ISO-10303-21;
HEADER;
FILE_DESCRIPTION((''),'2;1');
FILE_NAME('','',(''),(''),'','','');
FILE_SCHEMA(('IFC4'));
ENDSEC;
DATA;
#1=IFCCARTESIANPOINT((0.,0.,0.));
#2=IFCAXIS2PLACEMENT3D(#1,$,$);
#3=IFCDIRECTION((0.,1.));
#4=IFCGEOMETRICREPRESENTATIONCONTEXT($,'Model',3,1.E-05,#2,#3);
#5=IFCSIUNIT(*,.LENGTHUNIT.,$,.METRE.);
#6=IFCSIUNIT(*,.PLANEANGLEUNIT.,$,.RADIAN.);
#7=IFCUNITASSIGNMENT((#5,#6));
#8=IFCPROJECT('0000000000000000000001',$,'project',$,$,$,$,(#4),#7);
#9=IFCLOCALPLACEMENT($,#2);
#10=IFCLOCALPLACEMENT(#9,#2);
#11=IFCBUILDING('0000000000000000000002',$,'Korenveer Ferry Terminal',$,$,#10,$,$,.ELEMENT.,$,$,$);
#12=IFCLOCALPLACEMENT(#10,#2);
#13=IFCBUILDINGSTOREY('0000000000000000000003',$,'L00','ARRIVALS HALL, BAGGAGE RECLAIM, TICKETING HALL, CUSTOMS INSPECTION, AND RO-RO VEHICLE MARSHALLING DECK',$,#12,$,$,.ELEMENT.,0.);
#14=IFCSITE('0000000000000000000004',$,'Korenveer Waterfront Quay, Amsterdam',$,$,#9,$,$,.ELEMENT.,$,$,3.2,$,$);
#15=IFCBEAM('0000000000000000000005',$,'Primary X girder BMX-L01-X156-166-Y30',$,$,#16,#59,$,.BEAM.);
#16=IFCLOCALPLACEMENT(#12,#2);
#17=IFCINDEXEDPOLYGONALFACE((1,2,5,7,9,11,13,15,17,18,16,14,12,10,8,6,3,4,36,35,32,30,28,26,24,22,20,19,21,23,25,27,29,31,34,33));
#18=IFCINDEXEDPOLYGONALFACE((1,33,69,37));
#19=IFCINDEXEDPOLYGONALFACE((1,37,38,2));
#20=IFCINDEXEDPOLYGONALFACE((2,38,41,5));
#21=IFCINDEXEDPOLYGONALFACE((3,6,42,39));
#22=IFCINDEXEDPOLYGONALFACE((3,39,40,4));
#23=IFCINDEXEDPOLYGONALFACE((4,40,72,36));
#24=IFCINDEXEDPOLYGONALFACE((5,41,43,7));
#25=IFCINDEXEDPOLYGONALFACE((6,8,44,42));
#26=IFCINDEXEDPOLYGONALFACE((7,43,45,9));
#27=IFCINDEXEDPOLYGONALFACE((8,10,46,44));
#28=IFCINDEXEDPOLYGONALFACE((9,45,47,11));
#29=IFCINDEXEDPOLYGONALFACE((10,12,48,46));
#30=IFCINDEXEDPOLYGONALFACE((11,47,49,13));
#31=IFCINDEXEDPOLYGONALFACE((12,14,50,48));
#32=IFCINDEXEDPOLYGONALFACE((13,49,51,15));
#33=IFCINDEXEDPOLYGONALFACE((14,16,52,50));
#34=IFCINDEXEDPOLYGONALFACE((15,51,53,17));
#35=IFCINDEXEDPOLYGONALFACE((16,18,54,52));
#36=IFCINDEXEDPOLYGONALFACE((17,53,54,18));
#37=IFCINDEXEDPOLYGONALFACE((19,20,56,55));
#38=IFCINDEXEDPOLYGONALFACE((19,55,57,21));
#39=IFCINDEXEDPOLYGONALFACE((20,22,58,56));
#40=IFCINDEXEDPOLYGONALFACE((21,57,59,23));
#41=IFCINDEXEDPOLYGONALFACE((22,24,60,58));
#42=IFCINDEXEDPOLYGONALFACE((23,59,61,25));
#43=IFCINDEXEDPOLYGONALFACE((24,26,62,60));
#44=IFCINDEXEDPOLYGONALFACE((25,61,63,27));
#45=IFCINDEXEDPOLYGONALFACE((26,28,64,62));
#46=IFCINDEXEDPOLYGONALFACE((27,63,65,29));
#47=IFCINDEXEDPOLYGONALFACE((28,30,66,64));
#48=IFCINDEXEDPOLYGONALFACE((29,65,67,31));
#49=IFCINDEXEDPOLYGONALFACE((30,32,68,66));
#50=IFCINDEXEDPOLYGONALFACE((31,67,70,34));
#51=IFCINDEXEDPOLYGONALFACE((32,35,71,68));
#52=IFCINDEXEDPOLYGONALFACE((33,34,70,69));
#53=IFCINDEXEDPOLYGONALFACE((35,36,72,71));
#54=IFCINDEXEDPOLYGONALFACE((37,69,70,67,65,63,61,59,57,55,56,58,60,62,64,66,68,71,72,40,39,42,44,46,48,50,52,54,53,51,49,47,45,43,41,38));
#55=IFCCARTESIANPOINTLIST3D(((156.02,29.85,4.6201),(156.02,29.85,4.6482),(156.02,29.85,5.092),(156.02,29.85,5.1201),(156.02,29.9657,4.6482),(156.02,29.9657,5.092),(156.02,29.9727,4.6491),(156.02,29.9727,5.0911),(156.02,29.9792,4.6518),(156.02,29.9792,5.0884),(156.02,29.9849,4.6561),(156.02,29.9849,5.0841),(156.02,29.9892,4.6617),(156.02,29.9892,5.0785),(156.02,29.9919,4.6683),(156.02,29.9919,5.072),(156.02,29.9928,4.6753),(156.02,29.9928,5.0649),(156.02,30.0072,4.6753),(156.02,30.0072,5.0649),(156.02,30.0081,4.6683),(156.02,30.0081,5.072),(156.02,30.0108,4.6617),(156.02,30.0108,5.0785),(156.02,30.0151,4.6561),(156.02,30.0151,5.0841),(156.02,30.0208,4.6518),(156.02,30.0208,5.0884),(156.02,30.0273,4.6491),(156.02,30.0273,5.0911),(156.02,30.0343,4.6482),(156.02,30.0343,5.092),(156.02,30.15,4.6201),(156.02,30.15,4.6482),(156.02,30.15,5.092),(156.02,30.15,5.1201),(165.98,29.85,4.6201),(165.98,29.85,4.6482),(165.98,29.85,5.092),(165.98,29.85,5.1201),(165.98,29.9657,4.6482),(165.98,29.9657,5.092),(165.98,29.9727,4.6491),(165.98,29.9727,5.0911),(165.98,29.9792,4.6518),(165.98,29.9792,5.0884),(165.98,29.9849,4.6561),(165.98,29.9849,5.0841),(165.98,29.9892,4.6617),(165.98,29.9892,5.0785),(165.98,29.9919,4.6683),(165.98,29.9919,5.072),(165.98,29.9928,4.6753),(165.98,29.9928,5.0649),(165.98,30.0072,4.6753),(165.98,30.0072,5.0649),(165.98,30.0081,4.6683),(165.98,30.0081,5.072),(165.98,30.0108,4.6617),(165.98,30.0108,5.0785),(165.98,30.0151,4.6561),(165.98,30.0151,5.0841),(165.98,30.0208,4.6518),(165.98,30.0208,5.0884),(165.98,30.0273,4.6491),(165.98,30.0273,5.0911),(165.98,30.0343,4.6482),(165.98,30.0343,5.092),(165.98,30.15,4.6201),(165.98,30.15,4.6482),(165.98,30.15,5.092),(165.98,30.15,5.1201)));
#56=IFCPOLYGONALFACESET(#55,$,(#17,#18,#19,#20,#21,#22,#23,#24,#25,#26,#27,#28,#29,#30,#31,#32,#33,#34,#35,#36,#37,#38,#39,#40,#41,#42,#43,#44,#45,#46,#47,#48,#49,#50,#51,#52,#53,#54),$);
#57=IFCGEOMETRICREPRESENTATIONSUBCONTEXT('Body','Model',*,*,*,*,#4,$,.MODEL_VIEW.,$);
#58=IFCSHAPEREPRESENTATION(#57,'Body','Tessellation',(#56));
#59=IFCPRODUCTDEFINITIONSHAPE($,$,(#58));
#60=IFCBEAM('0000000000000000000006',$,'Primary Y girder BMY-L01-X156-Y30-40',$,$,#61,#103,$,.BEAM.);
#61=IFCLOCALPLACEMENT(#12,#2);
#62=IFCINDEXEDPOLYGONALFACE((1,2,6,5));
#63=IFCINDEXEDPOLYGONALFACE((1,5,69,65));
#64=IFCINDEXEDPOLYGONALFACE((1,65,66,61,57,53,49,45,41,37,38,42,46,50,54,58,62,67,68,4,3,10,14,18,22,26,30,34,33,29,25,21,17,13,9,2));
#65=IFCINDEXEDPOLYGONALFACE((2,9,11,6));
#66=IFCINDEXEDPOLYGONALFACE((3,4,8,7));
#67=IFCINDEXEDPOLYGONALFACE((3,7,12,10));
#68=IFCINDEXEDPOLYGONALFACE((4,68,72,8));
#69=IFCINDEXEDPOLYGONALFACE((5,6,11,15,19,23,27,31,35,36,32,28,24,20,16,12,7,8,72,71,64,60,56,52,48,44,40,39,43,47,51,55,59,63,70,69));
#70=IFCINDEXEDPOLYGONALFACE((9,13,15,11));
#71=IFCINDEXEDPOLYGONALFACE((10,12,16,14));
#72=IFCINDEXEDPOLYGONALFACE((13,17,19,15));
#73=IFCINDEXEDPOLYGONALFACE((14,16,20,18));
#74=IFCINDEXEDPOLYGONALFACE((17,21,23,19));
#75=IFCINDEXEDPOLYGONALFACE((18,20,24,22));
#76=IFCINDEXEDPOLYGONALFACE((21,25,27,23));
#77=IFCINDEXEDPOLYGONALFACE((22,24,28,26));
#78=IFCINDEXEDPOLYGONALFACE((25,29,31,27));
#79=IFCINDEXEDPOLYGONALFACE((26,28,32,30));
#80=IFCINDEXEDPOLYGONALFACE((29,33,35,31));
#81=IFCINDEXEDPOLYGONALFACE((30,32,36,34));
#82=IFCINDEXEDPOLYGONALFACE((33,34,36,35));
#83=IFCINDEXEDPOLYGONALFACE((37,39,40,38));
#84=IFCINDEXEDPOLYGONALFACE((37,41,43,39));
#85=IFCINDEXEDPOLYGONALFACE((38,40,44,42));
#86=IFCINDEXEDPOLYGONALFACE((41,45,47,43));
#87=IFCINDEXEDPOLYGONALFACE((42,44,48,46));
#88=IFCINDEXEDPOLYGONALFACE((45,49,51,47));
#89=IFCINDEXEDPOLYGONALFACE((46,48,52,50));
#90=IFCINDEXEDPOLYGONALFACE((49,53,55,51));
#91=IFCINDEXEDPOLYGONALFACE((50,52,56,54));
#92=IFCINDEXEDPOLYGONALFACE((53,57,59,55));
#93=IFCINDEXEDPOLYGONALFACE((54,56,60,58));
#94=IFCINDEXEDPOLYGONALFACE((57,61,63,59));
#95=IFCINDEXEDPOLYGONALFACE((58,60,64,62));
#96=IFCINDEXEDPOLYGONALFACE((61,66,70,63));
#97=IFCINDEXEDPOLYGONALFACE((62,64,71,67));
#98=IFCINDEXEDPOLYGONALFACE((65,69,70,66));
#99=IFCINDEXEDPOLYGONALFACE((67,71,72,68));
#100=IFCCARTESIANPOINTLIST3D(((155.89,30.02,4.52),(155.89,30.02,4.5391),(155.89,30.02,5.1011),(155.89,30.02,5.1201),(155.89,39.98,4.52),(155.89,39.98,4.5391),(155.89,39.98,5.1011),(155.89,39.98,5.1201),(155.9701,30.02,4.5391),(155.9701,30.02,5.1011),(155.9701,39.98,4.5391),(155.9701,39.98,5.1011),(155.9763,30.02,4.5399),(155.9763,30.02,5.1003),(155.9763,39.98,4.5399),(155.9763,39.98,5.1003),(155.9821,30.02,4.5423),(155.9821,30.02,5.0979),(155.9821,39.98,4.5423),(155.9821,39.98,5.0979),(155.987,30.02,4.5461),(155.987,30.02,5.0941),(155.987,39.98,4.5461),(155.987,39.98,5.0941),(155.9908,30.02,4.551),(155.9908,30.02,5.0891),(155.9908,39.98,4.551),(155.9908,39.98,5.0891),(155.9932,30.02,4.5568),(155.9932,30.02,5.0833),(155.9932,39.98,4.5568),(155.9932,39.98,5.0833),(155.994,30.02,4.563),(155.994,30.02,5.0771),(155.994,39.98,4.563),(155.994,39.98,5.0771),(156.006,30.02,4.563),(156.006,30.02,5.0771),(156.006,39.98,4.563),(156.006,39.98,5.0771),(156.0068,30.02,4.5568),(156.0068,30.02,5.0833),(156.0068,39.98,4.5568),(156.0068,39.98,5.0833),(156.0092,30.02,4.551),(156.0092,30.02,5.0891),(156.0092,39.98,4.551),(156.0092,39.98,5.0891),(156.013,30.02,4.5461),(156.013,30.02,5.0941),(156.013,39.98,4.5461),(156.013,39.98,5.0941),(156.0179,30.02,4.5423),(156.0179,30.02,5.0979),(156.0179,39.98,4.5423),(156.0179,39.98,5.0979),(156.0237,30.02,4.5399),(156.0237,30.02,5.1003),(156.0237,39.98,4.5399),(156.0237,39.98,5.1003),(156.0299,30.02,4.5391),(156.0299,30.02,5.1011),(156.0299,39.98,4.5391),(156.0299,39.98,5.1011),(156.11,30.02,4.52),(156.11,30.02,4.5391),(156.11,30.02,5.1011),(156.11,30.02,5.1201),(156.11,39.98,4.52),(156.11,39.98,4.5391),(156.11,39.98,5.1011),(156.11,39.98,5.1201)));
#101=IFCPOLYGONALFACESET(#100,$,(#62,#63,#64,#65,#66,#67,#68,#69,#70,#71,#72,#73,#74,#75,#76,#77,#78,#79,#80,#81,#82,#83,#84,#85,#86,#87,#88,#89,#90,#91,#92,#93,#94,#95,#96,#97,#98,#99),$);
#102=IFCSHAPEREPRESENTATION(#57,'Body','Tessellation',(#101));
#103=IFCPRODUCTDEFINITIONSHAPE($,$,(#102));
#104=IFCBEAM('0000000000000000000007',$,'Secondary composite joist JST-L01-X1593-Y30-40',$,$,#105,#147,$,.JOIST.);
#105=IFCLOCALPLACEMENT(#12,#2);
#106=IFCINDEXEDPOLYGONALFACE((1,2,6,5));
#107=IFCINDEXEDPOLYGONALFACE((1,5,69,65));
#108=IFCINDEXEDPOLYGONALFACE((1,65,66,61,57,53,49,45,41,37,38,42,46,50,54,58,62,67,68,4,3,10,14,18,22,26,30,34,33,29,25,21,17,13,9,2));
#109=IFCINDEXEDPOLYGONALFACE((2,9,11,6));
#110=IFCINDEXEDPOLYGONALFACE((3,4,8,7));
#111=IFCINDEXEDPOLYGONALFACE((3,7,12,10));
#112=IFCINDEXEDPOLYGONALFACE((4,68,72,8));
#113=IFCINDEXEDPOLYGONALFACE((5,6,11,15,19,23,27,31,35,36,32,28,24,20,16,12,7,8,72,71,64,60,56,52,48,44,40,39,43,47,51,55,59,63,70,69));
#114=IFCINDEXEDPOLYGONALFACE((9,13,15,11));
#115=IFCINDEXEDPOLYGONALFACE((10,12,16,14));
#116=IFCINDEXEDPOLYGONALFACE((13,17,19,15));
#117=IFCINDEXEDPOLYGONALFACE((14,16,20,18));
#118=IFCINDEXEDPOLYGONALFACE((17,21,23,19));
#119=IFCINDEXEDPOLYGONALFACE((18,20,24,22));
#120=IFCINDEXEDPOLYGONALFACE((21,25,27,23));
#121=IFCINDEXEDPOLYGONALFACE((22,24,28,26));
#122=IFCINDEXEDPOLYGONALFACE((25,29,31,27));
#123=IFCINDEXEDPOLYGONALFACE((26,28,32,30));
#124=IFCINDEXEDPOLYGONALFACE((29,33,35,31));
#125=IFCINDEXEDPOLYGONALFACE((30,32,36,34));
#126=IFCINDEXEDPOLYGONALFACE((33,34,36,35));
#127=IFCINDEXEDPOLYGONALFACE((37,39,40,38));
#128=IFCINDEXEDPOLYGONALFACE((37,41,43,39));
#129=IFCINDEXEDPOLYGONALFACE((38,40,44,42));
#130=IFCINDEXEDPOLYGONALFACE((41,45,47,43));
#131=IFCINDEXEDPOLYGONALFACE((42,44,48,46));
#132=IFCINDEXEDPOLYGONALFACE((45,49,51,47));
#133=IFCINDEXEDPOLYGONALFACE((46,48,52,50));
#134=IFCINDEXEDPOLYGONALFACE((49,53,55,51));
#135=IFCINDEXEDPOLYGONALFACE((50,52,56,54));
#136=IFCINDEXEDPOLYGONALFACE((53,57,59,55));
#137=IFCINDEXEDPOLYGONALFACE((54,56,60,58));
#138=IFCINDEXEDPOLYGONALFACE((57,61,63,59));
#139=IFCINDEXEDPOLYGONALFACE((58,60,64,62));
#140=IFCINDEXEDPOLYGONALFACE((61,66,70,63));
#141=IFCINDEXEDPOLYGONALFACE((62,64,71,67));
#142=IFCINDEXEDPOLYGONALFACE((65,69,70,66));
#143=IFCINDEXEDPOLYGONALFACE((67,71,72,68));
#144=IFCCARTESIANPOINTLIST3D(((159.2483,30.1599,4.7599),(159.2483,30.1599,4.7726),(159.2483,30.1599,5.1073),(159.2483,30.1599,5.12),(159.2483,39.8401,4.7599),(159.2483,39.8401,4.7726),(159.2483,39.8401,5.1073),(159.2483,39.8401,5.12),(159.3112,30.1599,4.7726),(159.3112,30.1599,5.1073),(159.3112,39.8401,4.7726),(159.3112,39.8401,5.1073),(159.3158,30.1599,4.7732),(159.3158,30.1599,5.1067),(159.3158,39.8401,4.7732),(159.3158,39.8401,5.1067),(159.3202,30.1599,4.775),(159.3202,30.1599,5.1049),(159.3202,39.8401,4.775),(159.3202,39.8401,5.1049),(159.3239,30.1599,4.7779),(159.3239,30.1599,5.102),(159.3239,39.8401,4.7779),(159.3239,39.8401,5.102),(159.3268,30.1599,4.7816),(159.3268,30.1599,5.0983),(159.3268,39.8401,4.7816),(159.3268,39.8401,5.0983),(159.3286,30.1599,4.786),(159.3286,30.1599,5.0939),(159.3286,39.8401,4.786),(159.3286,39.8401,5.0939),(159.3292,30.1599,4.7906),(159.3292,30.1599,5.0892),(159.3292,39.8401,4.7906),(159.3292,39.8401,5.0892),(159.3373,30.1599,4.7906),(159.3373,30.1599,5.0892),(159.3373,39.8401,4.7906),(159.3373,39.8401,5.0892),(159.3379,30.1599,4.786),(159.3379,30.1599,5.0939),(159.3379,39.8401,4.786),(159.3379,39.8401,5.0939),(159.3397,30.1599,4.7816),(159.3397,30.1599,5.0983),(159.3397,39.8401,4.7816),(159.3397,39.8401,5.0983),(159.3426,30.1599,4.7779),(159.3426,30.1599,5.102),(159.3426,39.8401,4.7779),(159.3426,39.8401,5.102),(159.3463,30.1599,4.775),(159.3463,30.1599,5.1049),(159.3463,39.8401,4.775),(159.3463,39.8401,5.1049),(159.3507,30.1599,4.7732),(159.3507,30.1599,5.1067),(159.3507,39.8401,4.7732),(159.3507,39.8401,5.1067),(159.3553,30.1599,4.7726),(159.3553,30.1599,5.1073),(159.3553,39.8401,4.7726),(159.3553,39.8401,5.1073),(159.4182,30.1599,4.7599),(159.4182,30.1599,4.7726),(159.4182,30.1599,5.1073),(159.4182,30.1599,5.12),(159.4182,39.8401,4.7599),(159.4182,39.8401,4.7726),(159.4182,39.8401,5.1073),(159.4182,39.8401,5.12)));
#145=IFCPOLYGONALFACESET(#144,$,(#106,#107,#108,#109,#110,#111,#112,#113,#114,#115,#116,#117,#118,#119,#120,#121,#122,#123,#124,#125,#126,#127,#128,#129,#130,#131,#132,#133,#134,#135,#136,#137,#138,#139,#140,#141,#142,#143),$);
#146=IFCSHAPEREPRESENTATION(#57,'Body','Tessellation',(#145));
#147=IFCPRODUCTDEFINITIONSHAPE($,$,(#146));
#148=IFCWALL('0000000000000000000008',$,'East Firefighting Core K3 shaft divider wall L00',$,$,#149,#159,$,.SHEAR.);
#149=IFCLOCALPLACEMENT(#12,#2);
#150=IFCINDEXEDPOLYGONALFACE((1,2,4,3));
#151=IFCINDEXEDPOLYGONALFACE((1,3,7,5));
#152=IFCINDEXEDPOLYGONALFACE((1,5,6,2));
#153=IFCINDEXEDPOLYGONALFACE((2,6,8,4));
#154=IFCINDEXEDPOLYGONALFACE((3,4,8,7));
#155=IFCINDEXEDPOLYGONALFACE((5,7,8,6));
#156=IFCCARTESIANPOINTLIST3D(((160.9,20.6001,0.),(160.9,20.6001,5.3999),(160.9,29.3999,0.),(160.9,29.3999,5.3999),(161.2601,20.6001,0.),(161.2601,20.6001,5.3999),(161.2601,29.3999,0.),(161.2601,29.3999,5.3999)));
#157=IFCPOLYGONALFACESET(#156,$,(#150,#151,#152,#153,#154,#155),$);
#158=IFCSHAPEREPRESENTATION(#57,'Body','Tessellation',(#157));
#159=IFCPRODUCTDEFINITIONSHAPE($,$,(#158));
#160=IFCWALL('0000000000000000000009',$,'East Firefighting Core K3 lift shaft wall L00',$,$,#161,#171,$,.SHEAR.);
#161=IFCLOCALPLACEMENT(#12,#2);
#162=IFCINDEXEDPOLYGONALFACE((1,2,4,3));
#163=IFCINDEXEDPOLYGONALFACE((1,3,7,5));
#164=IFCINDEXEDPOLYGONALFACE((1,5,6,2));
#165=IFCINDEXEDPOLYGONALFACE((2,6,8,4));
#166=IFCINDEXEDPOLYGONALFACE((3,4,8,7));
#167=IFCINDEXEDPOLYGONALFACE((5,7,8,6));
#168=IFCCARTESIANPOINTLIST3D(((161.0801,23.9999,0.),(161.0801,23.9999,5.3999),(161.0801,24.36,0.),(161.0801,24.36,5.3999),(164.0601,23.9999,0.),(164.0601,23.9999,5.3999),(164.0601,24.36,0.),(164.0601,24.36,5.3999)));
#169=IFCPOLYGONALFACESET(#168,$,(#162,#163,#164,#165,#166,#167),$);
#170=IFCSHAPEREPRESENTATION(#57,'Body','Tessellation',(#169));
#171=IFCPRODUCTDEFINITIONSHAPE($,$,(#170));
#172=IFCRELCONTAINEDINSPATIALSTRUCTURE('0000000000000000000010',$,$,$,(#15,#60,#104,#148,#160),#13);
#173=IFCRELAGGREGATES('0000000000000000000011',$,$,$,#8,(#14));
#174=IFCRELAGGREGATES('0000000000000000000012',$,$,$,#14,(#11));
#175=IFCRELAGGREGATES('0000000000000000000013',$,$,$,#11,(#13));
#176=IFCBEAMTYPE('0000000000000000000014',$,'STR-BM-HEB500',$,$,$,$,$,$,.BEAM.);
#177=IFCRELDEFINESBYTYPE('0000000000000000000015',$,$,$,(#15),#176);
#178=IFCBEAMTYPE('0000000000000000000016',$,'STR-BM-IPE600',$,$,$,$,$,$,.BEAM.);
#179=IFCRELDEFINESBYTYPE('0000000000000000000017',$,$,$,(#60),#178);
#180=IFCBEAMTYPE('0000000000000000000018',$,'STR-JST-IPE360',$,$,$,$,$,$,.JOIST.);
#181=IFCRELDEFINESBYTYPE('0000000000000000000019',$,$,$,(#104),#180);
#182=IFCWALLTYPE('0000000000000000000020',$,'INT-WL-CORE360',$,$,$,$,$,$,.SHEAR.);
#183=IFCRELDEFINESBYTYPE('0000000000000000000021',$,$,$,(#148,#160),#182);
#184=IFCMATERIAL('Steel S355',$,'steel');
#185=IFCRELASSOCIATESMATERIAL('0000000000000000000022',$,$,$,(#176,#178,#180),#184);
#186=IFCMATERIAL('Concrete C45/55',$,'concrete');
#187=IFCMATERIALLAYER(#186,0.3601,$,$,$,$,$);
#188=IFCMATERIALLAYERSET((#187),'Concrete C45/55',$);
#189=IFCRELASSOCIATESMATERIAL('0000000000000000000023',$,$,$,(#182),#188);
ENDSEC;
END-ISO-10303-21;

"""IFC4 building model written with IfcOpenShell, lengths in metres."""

from ifc_helpers import new_model, si_unit, direction, frame, frame_2d, origin, origin_2d, place, context, subcontext, project, spatial, rectangle, i_section, extrude, material, layer, layer_set, material_profile, profile_set, type_object, element, save


model = new_model("IFC4")

# Units and contexts
model_context = context("Model", 3, precision=1e-05, world=origin(), true_north=direction((0.0, 1.0)))
body_context = subcontext(model_context, "Body", "Model", "MODEL_VIEW")
ifc_project = project(units=[si_unit("LENGTHUNIT", "METRE"), si_unit("PLANEANGLEUNIT", "RADIAN")], contexts=[model_context])

# Site, building, storey
site_placement = place(None, origin())
site = spatial("IfcSite", under=ifc_project, at=site_placement, Name="Korenveer Waterfront Quay, Amsterdam", CompositionType="ELEMENT", RefElevation=3.2)
building_placement = place(site_placement, origin())
building = spatial("IfcBuilding", under=site, at=building_placement, Name="Korenveer Ferry Terminal", CompositionType="ELEMENT")
storey_placement = place(building_placement, origin())
storey = spatial("IfcBuildingStorey", under=building, at=storey_placement, Name="L00", Description="ARRIVALS HALL, BAGGAGE RECLAIM, TICKETING HALL, CUSTOMS INSPECTION, AND RO-RO VEHICLE MARSHALLING DECK", CompositionType="ELEMENT", Elevation=0.0)

# Shared definitions
ifc_material_1 = material(Name="Concrete C45/55", Category="concrete")

# Beams
ifc_material_2 = material(Name="Steel S355", Category="steel")
ifc_material_profile_1 = material_profile(ifc_material_2, i_section(OverallWidth=0.3, OverallDepth=0.5, WebThickness=0.0144, FlangeThickness=0.0281, FilletRadius=0.0271, at=origin_2d()), Name="HEB 500")
ifc_profile_set_1 = profile_set([ifc_material_profile_1], Name="Steel S355")
beam_type_1 = type_object("IfcBeamType", Name="STR-BM-HEB500", PredefinedType="BEAM", material=ifc_profile_set_1)
beam_1_placement = place(storey_placement, frame((156.02, 30.0, 4.8701), z_axis=(1.0, 0.0, 0.0), x_axis=(0.0, 1.0, 0.0)))
element("IfcBeam", 1, at=beam_1_placement, inside=storey, type_object=beam_type_1, Name="Primary X girder BMX-L01-X156-166-Y30", PredefinedType="BEAM", context=body_context, shape_type="SweptSolid", body=[
    extrude(i_section(OverallWidth=0.3, OverallDepth=0.5, WebThickness=0.0144, FlangeThickness=0.0281, FilletRadius=0.0271, at=origin_2d()), origin(), (0.0, 0.0, 1.0), 9.96),
])
ifc_material_profile_2 = material_profile(ifc_material_2, i_section(OverallWidth=0.22, OverallDepth=0.6001, WebThickness=0.012, FlangeThickness=0.019, FilletRadius=0.0239, at=origin_2d()), Name="IPE 600")
ifc_profile_set_2 = profile_set([ifc_material_profile_2], Name="Steel S355")
beam_type_2 = type_object("IfcBeamType", Name="STR-BM-IPE600", PredefinedType="BEAM", material=ifc_profile_set_2)
beam_2_placement = place(storey_placement, frame((156.0, 30.02, 4.8201), z_axis=(0.0, 1.0, 0.0), x_axis=(-1.0, 0.0, 0.0)))
element("IfcBeam", 2, at=beam_2_placement, inside=storey, type_object=beam_type_2, Name="Primary Y girder BMY-L01-X156-Y30-40", PredefinedType="BEAM", context=body_context, shape_type="SweptSolid", body=[
    extrude(i_section(OverallWidth=0.22, OverallDepth=0.6001, WebThickness=0.012, FlangeThickness=0.019, FilletRadius=0.0239, at=origin_2d()), origin(), (0.0, 0.0, 1.0), 9.96),
])
ifc_material_profile_3 = material_profile(ifc_material_2, i_section(OverallWidth=0.1699, OverallDepth=0.3601, WebThickness=0.0081, FlangeThickness=0.0127, FilletRadius=0.0181, at=origin_2d()), Name="IPE 360")
ifc_profile_set_3 = profile_set([ifc_material_profile_3], Name="Steel S355")
beam_type_3 = type_object("IfcBeamType", Name="STR-JST-IPE360", PredefinedType="JOIST", material=ifc_profile_set_3)
beam_3_placement = place(storey_placement, frame((159.3333, 30.1599, 4.9399), z_axis=(0.0, 1.0, 0.0), x_axis=(-1.0, 0.0, 0.0)))
element("IfcBeam", 3, at=beam_3_placement, inside=storey, type_object=beam_type_3, Name="Secondary composite joist JST-L01-X1593-Y30-40", PredefinedType="JOIST", context=body_context, shape_type="SweptSolid", body=[
    extrude(i_section(OverallWidth=0.1699, OverallDepth=0.3601, WebThickness=0.0081, FlangeThickness=0.0127, FilletRadius=0.0181, at=origin_2d()), origin(), (0.0, 0.0, 1.0), 9.6802),
])

# Walls
ifc_layer_1 = layer(ifc_material_1, 0.3601)
ifc_layer_set_1 = layer_set([ifc_layer_1], Name="Concrete C45/55")
wall_type_1 = type_object("IfcWallType", Name="INT-WL-CORE360", PredefinedType="SHEAR", material=ifc_layer_set_1)
wall_1_placement = place(storey_placement, frame((161.0801, 20.6001, 0.0), z_axis=(0.0, 0.0, 1.0), x_axis=(0.0, 1.0, 0.0)))
element("IfcWall", 4, at=wall_1_placement, inside=storey, type_object=wall_type_1, Name="East Firefighting Core K3 shaft divider wall L00", PredefinedType="SHEAR", context=body_context, shape_type="SweptSolid", body=[
    extrude(rectangle(XDim=8.7998, YDim=0.3601, at=frame_2d((4.3999, 0.0))), origin(), (0.0, 0.0, 1.0), 5.3999),
])
wall_2_placement = place(storey_placement, frame((161.0801, 24.1799, 0.0), z_axis=(0.0, 0.0, 1.0), x_axis=(1.0, 0.0, 0.0)))
element("IfcWall", 5, at=wall_2_placement, inside=storey, type_object=wall_type_1, Name="East Firefighting Core K3 lift shaft wall L00", PredefinedType="SHEAR", context=body_context, shape_type="SweptSolid", body=[
    extrude(rectangle(XDim=2.98, YDim=0.3601, at=frame_2d((1.49, 0.0))), origin(), (0.0, 0.0, 1.0), 5.3999),
])

save(model, "model.ifc")
